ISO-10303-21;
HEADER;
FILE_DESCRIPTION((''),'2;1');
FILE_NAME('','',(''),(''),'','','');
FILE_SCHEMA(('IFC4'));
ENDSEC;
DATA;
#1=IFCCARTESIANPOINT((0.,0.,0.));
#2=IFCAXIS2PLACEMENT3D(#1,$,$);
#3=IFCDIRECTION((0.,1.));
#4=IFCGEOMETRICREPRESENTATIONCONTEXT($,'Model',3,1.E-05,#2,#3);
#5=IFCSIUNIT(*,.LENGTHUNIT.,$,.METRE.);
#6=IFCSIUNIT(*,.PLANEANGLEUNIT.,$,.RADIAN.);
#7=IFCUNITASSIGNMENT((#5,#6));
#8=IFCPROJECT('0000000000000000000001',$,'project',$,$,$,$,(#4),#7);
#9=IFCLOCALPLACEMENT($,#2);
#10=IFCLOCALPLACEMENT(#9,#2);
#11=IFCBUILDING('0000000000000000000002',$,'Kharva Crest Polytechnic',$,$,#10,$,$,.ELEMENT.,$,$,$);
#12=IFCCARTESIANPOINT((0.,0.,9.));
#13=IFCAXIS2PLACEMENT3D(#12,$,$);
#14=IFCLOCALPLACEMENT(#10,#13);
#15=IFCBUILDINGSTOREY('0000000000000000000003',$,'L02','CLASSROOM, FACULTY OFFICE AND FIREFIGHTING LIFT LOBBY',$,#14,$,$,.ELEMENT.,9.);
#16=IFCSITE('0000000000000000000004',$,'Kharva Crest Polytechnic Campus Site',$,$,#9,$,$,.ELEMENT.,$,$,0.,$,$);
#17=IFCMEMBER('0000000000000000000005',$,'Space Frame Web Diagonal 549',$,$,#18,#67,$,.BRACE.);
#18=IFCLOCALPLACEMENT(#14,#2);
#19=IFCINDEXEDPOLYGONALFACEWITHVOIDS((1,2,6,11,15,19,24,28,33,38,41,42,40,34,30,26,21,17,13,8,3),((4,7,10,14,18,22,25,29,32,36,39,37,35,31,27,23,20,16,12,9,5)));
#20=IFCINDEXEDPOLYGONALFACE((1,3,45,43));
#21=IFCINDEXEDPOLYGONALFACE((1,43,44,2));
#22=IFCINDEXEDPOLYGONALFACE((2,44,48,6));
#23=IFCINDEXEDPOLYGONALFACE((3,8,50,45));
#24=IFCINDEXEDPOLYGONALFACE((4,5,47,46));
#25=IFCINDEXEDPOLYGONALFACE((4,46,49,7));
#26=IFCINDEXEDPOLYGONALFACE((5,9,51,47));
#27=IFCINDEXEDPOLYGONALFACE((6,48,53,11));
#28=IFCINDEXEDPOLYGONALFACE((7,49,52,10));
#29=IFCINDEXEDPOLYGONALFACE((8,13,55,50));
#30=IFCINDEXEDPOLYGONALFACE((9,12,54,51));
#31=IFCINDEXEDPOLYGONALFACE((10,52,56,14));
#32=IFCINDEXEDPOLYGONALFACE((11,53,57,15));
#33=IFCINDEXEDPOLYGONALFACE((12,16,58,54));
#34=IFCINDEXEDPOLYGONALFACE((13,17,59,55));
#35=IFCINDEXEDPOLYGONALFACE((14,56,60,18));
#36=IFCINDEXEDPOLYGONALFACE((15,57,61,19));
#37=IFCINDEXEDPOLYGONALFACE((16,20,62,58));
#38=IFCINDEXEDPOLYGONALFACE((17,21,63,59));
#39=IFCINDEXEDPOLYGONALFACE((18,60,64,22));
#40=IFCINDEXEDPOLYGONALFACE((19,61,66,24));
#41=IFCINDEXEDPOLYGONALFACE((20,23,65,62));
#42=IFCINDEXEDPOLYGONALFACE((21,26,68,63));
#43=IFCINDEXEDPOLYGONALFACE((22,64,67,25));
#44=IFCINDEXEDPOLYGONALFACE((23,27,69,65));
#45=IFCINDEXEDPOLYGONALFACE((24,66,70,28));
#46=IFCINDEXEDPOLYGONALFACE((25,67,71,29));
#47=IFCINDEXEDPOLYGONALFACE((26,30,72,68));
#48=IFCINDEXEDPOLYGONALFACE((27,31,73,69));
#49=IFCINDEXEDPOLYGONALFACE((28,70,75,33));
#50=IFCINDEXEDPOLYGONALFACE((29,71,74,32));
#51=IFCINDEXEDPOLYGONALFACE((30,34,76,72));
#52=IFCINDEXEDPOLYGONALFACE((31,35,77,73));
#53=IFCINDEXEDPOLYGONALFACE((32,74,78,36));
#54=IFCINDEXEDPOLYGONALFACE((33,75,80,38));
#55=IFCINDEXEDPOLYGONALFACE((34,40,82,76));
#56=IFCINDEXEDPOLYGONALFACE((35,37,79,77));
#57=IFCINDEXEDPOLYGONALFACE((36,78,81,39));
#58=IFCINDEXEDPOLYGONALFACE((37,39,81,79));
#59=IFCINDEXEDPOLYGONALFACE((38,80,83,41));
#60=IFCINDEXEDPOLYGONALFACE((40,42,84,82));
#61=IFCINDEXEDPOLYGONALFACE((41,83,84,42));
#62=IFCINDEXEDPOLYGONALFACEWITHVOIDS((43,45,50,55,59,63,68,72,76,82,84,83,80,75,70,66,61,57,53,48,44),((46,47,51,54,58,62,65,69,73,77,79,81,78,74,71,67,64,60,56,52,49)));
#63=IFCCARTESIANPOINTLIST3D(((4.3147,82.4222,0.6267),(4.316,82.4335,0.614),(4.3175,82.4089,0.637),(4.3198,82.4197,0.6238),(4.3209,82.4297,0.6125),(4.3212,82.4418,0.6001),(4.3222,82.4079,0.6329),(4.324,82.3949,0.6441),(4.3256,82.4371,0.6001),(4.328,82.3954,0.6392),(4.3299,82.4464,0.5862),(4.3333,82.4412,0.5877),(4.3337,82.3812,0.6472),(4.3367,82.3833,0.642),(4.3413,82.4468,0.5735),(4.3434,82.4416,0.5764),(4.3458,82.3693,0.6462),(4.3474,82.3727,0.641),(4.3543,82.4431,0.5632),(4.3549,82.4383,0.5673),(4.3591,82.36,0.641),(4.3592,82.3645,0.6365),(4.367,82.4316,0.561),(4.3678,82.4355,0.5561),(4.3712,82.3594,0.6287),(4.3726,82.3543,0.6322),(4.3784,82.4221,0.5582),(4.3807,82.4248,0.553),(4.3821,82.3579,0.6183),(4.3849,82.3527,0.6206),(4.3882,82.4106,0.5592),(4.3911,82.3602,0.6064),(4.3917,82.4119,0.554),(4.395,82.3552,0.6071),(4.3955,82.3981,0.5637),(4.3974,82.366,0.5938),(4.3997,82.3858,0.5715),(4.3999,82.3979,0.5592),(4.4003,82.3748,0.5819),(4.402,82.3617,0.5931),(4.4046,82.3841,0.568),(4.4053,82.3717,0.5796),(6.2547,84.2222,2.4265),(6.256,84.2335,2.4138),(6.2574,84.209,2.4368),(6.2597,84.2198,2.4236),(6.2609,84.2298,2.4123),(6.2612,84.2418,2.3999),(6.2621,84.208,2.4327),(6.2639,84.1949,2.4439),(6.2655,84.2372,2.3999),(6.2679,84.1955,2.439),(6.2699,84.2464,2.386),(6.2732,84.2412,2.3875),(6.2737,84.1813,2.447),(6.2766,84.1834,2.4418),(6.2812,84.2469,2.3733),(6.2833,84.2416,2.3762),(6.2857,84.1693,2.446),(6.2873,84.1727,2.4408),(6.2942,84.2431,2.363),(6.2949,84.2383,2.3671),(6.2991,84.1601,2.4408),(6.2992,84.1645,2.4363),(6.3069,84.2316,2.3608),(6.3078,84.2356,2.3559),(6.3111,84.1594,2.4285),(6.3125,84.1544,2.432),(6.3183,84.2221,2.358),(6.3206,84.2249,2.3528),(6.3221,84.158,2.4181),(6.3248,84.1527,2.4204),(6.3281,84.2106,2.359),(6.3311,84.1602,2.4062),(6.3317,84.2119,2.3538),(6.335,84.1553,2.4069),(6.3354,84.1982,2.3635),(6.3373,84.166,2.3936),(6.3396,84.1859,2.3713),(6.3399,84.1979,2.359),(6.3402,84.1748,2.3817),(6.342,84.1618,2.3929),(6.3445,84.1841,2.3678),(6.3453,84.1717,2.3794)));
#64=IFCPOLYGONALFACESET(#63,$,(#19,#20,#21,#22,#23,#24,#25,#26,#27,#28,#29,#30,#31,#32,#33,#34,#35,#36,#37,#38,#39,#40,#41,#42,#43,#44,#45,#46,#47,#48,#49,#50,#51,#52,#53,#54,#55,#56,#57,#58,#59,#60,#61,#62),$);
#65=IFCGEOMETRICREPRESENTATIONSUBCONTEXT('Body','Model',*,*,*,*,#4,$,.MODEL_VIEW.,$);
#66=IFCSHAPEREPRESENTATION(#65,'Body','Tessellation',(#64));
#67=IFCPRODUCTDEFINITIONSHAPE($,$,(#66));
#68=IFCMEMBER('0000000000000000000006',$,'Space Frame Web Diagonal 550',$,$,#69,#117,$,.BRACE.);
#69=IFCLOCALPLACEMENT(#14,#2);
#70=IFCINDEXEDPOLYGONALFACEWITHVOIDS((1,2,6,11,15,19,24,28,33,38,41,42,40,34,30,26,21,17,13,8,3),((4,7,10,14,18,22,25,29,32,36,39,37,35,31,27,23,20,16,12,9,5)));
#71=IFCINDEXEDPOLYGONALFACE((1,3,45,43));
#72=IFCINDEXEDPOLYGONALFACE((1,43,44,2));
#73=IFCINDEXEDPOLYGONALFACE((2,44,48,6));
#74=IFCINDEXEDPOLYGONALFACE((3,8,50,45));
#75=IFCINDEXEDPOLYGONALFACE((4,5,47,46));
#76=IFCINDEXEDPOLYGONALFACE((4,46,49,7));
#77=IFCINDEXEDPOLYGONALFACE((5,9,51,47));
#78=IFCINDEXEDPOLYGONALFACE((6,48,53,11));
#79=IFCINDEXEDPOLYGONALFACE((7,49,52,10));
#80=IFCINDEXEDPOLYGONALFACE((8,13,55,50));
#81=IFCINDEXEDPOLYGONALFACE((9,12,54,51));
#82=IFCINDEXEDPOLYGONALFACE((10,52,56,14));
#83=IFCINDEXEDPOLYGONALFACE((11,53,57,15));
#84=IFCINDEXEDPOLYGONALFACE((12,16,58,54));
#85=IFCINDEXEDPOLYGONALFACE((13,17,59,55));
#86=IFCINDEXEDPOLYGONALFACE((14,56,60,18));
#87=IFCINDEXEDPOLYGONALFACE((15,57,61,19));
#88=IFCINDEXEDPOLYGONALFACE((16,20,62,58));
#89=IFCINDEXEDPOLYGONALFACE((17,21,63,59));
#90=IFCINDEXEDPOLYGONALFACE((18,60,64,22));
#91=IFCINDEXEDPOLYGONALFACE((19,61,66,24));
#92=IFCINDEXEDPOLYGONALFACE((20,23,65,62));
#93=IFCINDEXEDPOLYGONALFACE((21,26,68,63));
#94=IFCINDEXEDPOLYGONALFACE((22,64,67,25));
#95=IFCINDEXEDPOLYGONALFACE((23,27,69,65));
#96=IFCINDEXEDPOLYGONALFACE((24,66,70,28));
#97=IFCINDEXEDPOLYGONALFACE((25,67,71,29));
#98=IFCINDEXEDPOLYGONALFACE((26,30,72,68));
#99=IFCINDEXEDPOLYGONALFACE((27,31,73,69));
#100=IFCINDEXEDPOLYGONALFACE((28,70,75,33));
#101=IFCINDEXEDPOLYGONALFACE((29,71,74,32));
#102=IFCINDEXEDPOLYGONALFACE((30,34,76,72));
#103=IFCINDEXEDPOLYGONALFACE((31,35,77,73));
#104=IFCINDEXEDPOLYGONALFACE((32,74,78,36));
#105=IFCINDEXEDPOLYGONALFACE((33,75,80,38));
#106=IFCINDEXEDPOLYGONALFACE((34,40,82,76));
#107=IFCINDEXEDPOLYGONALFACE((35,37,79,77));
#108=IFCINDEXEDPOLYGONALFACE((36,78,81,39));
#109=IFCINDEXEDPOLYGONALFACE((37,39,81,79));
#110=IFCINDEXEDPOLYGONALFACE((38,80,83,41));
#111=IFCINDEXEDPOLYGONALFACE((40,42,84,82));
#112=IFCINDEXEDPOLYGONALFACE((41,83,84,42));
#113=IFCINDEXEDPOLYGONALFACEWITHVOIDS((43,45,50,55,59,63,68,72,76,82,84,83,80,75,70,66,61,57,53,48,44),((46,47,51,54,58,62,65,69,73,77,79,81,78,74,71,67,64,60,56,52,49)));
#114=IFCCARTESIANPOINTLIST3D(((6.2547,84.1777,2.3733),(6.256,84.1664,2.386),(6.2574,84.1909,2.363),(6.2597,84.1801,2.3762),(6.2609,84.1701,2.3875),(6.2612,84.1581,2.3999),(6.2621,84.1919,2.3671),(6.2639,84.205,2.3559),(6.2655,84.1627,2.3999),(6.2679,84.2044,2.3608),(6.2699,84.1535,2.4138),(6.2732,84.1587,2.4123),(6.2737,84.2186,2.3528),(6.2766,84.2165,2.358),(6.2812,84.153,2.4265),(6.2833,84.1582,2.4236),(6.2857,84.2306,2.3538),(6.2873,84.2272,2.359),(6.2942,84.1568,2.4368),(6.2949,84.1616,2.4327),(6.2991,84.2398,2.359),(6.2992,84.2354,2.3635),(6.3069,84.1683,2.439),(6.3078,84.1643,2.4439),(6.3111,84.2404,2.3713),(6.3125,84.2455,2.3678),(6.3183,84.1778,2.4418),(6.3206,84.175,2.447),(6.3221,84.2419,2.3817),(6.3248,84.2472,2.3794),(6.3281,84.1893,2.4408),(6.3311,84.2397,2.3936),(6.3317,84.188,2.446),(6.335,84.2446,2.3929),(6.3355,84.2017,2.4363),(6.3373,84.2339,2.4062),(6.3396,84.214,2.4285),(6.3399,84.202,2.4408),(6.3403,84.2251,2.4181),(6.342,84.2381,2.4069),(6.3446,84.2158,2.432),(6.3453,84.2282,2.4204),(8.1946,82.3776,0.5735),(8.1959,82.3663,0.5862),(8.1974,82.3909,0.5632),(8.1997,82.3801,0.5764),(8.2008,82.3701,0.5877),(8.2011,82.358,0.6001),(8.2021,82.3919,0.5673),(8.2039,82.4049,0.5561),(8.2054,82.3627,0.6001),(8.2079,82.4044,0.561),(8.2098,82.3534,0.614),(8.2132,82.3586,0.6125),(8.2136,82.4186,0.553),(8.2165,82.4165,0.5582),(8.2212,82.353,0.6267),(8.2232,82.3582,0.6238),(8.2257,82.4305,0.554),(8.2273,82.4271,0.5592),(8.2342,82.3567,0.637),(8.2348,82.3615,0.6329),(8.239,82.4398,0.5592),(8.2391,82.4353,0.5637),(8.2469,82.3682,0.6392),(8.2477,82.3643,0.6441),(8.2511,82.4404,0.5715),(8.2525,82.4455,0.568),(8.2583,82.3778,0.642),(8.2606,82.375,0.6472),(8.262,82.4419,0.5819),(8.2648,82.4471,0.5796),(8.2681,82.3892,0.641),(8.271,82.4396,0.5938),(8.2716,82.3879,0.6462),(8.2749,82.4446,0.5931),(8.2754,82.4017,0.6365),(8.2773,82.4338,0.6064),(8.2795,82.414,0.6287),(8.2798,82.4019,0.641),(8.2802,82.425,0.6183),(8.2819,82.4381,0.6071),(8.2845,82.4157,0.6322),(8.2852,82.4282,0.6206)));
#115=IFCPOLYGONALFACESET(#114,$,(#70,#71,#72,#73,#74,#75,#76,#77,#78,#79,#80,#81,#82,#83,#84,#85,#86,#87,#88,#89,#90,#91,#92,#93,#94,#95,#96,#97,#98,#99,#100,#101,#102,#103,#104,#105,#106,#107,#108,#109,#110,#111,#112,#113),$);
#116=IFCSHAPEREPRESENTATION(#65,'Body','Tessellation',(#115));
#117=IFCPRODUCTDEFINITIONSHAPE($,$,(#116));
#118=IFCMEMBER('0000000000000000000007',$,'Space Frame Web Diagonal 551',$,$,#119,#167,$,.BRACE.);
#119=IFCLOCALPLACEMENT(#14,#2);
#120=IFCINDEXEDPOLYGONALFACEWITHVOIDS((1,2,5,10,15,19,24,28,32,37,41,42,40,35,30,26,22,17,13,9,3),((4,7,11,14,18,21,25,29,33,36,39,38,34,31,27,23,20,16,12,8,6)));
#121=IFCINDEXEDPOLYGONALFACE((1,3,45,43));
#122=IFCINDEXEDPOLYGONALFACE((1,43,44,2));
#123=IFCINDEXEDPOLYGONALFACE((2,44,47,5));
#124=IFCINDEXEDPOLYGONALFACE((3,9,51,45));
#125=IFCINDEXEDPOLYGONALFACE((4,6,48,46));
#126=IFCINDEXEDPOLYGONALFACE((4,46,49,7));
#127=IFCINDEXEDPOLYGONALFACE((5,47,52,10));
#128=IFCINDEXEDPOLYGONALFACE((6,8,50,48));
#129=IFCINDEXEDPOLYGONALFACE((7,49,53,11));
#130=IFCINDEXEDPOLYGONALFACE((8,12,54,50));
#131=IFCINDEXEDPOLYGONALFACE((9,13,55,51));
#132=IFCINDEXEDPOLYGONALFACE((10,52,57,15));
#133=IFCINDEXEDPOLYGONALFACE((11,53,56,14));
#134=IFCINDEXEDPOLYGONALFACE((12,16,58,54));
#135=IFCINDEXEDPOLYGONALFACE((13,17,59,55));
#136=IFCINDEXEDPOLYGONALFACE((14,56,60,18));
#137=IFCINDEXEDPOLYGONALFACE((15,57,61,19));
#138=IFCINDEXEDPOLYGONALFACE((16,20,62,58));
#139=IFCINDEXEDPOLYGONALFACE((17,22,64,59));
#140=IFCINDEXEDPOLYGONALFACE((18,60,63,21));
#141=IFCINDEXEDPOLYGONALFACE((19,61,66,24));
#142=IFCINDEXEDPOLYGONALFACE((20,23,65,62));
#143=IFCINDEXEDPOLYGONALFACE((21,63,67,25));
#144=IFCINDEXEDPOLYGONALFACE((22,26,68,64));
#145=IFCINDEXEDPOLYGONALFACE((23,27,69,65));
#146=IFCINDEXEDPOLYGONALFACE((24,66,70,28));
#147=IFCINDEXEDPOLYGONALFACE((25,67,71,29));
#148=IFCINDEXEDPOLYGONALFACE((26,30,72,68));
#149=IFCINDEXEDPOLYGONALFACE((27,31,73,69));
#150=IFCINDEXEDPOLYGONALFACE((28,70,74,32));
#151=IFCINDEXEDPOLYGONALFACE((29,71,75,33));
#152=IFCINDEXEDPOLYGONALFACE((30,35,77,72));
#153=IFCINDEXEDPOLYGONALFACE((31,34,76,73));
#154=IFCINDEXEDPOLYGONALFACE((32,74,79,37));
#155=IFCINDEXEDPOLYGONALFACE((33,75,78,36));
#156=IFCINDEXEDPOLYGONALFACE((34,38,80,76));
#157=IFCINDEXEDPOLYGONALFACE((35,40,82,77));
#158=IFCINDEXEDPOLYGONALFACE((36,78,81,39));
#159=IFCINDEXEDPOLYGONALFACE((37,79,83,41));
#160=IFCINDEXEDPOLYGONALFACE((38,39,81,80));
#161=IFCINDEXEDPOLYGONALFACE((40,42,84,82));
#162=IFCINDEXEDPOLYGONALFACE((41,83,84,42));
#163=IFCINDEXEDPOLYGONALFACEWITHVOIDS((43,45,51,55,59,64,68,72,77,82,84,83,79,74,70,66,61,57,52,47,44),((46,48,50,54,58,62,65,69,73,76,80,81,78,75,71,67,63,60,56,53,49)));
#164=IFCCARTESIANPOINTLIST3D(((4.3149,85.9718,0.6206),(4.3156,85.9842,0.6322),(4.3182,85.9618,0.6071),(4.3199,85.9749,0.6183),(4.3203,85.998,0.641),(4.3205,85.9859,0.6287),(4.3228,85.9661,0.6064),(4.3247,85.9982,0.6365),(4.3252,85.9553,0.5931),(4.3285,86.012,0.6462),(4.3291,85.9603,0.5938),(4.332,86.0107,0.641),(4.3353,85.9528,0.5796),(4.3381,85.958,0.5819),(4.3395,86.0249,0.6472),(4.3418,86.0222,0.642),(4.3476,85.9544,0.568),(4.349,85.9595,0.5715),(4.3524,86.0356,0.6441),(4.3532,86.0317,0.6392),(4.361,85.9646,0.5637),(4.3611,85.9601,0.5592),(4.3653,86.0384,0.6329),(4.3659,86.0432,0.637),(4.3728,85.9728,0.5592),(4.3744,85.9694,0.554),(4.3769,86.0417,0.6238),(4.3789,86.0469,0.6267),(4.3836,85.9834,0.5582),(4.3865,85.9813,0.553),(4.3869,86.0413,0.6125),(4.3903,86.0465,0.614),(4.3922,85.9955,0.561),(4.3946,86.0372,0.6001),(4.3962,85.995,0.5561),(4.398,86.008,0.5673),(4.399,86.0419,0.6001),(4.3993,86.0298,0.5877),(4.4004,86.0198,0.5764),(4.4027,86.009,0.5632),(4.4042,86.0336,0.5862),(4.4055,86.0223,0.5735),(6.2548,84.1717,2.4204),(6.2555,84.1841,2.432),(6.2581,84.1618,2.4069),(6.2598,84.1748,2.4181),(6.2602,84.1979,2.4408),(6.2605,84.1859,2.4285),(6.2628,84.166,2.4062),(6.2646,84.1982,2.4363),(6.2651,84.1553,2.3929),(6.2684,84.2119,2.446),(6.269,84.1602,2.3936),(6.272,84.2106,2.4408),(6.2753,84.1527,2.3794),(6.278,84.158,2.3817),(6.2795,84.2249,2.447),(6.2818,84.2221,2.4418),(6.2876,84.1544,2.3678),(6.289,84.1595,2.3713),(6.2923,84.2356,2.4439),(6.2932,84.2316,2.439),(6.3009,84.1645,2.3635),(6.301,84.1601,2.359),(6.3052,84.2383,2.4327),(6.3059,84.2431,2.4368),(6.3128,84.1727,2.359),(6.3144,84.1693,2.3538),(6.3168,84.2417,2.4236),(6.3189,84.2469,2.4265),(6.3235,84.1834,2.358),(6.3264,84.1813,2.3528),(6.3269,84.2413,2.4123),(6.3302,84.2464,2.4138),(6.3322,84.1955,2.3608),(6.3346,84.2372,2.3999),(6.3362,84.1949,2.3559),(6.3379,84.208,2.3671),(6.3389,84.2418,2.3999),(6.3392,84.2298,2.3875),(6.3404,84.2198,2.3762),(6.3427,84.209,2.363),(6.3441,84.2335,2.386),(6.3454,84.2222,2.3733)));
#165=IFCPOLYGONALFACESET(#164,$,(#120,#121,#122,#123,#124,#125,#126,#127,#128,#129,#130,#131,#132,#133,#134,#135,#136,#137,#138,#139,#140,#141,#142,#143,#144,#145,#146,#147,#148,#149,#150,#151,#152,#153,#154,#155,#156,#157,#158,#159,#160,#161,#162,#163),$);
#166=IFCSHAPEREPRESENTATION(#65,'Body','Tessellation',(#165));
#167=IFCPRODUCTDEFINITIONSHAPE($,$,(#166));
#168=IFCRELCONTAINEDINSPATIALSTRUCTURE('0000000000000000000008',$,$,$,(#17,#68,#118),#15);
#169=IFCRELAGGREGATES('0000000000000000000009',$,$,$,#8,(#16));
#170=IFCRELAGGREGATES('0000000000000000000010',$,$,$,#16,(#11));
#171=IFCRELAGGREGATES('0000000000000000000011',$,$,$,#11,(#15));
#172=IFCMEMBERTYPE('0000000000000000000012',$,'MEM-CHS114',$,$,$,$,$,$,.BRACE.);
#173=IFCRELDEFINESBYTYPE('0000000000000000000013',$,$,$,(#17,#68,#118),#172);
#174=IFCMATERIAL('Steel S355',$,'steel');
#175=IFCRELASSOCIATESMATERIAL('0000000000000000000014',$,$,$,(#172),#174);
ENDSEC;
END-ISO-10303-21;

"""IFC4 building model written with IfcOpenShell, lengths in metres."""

from ifc_helpers import new_model, si_unit, direction, frame, origin, origin_2d, place, context, subcontext, project, spatial, hollow_circle, extrude, material, material_profile, profile_set, type_object, element, save


model = new_model("IFC4")

# Units and contexts
model_context = context("Model", 3, precision=1e-05, world=origin(), true_north=direction((0.0, 1.0)))
body_context = subcontext(model_context, "Body", "Model", "MODEL_VIEW")
ifc_project = project(units=[si_unit("LENGTHUNIT", "METRE"), si_unit("PLANEANGLEUNIT", "RADIAN")], contexts=[model_context])

# Site, building, storey
site_placement = place(None, origin())
site = spatial("IfcSite", under=ifc_project, at=site_placement, Name="Kharva Crest Polytechnic Campus Site", CompositionType="ELEMENT", RefElevation=0.0)
building_placement = place(site_placement, origin())
building = spatial("IfcBuilding", under=site, at=building_placement, Name="Kharva Crest Polytechnic", CompositionType="ELEMENT")
storey_placement = place(building_placement, frame((0.0, 0.0, 9.0)))
storey = spatial("IfcBuildingStorey", under=building, at=storey_placement, Name="L02", Description="CLASSROOM, FACULTY OFFICE AND FIREFIGHTING LIFT LOBBY", CompositionType="ELEMENT", Elevation=9.0)

# Shared definitions
ifc_material_1 = material(Name="Steel S355", Category="steel")

# Members
ifc_material_profile_1 = material_profile(ifc_material_1, hollow_circle(Radius=0.0571, WallThickness=0.0063, at=origin_2d()), Name="CHS 114.3X6.3")
ifc_profile_set_1 = profile_set([ifc_material_profile_1], Name="Steel S355")
member_type_1 = type_object("IfcMemberType", Name="MEM-CHS114", PredefinedType="BRACE", material=ifc_profile_set_1)
for number, where, z_axis, x_axis, name in (
    (1, (4.3601, 82.3999, 0.6001), (0.606147, 0.562437, 0.562361), (-0.680182, 0.733043, 0.0), "Space Frame Web Diagonal 549"),
    (2, (8.24, 82.3999, 0.6001), (-0.606147, 0.562437, 0.562361), (-0.680182, -0.733043, 0.0), "Space Frame Web Diagonal 550"),
    (3, (4.3601, 86.0, 0.6001), (0.606147, -0.562437, 0.562361), (0.680182, 0.733043, 0.0), "Space Frame Web Diagonal 551"),
):
    element("IfcMember", number, at=place(storey_placement, frame(where, z_axis=z_axis, x_axis=x_axis)), inside=storey, type_object=member_type_1, Name=name, PredefinedType="BRACE", context=body_context, shape_type="SweptSolid", body=[
        extrude(hollow_circle(Radius=0.0571, WallThickness=0.0063, at=origin_2d()), origin(), (0.0, 0.0, 1.0), 3.2004),
    ])

save(model, "model.ifc")
